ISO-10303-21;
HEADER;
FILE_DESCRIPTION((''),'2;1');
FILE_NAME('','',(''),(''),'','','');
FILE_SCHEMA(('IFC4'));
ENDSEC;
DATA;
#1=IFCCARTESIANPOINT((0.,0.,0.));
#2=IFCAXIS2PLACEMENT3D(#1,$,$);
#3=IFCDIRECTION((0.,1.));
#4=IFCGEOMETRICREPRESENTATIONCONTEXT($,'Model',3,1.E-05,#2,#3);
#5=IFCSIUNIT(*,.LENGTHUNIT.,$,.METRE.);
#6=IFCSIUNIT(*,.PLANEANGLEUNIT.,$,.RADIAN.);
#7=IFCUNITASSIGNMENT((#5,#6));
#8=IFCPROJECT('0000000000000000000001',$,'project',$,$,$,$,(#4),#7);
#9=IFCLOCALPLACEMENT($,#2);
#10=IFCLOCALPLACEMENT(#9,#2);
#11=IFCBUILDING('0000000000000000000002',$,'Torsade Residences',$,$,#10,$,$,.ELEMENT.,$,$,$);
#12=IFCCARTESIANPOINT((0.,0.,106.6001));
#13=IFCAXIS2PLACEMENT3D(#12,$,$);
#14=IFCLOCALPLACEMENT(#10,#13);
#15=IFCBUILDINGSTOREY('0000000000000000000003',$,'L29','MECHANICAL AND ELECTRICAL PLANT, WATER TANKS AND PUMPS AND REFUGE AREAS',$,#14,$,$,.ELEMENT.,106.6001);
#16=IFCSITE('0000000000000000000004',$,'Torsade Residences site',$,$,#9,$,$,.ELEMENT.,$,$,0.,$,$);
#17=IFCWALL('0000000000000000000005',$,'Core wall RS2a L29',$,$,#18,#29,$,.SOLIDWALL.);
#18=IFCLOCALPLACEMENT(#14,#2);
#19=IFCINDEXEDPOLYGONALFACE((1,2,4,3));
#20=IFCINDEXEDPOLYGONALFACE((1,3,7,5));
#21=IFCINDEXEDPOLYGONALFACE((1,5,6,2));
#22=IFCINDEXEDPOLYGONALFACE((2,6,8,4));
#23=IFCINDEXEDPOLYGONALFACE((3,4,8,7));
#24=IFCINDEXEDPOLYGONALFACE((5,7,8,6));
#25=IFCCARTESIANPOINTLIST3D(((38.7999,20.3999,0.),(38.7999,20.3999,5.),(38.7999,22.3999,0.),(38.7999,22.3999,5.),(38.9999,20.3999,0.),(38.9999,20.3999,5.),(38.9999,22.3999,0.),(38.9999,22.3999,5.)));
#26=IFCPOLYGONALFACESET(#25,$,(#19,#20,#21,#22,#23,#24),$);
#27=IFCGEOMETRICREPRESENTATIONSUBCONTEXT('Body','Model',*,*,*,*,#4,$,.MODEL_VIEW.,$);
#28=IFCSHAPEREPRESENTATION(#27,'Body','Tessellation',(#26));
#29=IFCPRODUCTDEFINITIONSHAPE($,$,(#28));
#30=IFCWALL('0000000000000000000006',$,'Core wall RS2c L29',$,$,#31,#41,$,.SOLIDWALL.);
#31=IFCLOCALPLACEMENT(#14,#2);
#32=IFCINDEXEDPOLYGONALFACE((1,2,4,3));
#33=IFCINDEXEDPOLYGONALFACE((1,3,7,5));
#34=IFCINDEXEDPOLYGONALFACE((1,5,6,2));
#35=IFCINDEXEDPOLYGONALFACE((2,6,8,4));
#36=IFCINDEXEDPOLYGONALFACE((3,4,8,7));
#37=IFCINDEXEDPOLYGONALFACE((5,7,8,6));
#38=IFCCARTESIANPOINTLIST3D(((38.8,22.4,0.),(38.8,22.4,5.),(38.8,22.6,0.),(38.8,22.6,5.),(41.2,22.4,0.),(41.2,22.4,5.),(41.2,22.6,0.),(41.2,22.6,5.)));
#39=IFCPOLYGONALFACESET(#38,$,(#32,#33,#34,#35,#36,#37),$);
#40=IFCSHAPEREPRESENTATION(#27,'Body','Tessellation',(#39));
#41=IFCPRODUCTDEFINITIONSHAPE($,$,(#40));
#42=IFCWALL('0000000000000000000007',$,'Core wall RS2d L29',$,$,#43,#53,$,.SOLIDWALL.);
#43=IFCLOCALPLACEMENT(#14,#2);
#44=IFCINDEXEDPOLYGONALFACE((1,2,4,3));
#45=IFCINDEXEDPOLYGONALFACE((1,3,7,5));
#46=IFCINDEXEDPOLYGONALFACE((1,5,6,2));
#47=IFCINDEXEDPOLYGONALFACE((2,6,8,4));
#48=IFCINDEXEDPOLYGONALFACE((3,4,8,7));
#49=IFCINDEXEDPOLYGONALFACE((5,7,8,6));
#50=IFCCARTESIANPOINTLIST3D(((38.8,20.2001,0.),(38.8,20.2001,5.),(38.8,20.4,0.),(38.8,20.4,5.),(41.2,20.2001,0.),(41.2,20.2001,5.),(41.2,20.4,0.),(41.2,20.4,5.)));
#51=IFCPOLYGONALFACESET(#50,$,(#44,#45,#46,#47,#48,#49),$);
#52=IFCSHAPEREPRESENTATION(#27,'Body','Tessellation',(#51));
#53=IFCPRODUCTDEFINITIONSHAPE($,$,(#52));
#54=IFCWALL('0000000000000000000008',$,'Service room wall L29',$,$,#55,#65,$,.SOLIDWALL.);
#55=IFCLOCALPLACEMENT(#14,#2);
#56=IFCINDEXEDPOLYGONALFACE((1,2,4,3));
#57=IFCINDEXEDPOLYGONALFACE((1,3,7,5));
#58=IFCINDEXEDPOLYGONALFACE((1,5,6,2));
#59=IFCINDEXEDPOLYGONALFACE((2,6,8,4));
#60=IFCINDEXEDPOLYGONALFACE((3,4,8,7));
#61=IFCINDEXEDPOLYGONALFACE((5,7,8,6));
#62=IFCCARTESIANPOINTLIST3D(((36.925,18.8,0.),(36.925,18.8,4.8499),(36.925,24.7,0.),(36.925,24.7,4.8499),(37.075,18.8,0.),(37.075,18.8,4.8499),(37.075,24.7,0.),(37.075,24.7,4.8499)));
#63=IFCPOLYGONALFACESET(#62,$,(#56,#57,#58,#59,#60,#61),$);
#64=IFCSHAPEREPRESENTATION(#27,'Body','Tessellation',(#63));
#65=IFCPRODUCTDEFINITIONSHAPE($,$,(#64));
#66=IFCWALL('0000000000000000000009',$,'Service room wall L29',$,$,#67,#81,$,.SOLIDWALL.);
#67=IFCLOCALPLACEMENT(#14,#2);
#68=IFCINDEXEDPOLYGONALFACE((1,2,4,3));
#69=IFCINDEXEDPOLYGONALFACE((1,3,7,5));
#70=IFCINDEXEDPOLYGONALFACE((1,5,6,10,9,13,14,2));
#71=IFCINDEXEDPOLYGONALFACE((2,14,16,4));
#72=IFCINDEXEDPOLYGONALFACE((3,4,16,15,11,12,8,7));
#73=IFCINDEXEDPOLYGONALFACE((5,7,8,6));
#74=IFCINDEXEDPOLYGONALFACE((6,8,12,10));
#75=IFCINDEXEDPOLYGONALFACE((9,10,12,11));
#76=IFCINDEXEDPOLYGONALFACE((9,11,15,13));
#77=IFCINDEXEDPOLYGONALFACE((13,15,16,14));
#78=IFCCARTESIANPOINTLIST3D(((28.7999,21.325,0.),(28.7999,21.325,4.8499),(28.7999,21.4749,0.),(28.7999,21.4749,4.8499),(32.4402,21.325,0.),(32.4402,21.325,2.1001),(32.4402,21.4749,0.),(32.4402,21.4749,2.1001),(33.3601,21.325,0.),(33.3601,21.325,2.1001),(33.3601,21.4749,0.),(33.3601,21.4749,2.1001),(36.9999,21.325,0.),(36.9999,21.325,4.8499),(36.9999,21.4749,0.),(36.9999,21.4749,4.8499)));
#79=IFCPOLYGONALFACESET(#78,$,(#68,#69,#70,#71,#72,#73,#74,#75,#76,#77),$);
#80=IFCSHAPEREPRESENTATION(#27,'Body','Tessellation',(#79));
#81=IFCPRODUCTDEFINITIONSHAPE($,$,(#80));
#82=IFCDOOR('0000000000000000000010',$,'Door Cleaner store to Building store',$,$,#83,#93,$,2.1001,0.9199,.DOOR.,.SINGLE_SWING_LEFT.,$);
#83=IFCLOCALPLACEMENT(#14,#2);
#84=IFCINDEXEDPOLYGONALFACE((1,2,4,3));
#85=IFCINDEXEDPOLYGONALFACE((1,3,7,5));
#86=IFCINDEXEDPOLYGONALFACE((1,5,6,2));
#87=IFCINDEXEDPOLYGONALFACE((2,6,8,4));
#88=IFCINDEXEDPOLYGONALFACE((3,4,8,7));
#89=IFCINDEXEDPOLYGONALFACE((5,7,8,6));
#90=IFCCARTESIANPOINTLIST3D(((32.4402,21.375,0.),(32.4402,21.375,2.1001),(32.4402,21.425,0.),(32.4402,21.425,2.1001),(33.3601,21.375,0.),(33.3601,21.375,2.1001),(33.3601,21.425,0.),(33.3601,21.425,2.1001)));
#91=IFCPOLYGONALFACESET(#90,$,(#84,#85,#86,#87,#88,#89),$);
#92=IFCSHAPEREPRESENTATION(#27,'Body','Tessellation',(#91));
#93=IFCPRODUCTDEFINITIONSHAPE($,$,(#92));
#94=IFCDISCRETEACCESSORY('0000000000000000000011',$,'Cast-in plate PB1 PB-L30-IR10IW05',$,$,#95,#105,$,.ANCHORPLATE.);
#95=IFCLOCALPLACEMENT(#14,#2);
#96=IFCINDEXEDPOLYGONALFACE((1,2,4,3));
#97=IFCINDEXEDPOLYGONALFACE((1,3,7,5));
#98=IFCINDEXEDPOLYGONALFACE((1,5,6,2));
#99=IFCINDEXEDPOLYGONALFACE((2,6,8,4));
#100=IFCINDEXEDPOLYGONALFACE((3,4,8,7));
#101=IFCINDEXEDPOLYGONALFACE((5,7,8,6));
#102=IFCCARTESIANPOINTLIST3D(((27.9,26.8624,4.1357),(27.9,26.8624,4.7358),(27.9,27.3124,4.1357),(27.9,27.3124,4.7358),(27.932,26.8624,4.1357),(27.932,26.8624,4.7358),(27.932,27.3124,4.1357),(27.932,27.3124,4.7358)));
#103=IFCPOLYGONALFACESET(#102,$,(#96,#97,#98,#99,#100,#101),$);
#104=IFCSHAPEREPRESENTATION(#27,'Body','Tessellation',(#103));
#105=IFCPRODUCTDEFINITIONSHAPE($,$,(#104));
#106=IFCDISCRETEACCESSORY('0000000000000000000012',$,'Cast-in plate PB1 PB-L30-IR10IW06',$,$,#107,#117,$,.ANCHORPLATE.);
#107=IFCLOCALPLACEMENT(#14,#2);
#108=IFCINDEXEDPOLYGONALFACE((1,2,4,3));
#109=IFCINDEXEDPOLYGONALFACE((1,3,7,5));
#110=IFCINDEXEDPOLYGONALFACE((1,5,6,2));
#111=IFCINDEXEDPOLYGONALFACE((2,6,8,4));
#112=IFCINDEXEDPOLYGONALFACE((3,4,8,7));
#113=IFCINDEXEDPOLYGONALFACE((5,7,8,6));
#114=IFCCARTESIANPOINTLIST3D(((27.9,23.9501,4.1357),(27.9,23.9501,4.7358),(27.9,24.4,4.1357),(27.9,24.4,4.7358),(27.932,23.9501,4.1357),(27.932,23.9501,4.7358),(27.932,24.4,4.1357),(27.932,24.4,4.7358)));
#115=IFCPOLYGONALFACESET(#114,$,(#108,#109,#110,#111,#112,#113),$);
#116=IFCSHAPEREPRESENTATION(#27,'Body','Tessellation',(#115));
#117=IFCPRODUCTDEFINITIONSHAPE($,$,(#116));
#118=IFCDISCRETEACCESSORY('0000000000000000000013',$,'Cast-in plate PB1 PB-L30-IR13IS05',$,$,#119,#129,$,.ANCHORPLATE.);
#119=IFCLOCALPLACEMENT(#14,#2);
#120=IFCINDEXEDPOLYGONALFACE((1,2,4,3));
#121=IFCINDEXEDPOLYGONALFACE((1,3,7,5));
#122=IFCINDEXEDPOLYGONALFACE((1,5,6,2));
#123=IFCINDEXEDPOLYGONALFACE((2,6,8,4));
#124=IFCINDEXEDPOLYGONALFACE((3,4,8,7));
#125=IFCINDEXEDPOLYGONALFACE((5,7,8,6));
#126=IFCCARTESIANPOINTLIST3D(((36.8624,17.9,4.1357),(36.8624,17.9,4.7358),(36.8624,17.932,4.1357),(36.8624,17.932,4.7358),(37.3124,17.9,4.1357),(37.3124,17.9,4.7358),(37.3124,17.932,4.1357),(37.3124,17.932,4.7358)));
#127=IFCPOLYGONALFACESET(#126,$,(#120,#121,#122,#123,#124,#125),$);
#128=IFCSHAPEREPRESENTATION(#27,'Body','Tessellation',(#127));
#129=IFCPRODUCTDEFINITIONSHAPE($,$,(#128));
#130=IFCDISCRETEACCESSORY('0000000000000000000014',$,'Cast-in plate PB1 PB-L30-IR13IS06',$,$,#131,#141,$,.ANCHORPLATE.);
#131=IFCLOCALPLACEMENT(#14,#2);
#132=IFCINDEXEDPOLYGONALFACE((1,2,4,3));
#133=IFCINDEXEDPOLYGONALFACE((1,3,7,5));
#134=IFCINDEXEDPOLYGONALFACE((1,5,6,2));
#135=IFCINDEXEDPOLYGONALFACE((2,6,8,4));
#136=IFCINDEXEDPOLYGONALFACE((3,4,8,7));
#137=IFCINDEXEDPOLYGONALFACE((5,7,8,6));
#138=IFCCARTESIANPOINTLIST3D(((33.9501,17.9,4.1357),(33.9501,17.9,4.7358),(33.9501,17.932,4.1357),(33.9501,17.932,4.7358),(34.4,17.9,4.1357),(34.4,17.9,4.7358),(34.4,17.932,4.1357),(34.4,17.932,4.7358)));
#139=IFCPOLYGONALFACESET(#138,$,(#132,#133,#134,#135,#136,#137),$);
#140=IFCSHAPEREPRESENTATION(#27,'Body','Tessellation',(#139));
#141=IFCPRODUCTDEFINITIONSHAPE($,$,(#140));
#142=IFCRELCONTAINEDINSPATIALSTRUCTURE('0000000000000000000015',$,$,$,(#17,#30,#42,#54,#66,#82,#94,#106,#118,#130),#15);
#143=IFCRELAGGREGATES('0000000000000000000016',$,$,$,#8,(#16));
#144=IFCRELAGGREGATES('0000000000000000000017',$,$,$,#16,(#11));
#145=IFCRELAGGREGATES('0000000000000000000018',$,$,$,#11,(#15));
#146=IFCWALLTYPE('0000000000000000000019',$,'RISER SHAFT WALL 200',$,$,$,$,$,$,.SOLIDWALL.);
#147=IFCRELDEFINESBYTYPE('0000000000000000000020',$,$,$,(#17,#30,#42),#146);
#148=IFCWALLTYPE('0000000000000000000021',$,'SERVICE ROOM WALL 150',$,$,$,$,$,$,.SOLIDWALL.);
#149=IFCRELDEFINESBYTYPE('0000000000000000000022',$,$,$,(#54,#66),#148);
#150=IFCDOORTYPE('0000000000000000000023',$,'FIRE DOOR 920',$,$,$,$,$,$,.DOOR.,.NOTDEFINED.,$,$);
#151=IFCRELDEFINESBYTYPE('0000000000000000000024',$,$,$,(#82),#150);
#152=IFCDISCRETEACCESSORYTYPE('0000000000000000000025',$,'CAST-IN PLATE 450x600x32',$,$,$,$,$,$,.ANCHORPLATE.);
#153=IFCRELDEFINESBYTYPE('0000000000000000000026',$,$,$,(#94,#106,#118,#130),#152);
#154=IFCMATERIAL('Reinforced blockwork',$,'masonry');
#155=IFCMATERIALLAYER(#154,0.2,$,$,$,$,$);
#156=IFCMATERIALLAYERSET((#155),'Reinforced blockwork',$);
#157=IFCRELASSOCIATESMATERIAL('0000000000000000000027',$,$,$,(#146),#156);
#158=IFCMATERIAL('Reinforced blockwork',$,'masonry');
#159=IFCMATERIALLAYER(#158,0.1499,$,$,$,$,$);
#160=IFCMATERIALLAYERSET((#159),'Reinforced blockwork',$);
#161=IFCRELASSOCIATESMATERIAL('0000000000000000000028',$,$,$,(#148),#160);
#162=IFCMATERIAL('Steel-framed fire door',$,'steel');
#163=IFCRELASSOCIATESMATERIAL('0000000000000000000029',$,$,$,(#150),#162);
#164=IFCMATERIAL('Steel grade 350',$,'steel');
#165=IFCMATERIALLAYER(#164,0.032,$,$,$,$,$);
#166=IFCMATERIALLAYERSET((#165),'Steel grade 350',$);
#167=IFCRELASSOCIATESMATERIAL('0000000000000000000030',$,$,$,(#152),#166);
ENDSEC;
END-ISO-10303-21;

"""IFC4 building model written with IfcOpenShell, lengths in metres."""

from ifc_helpers import new_model, si_unit, direction, frame, frame_2d, origin, origin_2d, place, context, subcontext, project, spatial, rectangle, extrude, material, layer, layer_set, type_object, element, fill, save


model = new_model("IFC4")

# Units and contexts
model_context = context("Model", 3, precision=1e-05, world=origin(), true_north=direction((0.0, 1.0)))
body_context = subcontext(model_context, "Body", "Model", "MODEL_VIEW")
ifc_project = project(units=[si_unit("LENGTHUNIT", "METRE"), si_unit("PLANEANGLEUNIT", "RADIAN")], contexts=[model_context])

# Site, building, storey
site_placement = place(None, origin())
site = spatial("IfcSite", under=ifc_project, at=site_placement, Name="Torsade Residences site", CompositionType="ELEMENT", RefElevation=0.0)
building_placement = place(site_placement, origin())
building = spatial("IfcBuilding", under=site, at=building_placement, Name="Torsade Residences", CompositionType="ELEMENT")
storey_placement = place(building_placement, frame((0.0, 0.0, 106.6001)))
storey = spatial("IfcBuildingStorey", under=building, at=storey_placement, Name="L29", Description="MECHANICAL AND ELECTRICAL PLANT, WATER TANKS AND PUMPS AND REFUGE AREAS", CompositionType="ELEMENT", Elevation=106.6001)

# Walls
ifc_material_1 = material(Name="Reinforced blockwork", Category="masonry")
ifc_layer_1 = layer(ifc_material_1, 0.2)
ifc_layer_set_1 = layer_set([ifc_layer_1], Name="Reinforced blockwork")
wall_type_1 = type_object("IfcWallType", Name="RISER SHAFT WALL 200", PredefinedType="SOLIDWALL", material=ifc_layer_set_1)
wall_1_placement = place(storey_placement, frame((38.8999, 22.3999, 0.0), z_axis=(0.0, 0.0, 1.0), x_axis=(0.0, -1.0, 0.0)))
element("IfcWall", 1, at=wall_1_placement, inside=storey, type_object=wall_type_1, Name="Core wall RS2a L29", PredefinedType="SOLIDWALL", context=body_context, shape_type="SweptSolid", body=[
    extrude(rectangle(XDim=2.0, YDim=0.2, at=frame_2d((1.0, 0.0))), origin(), (0.0, 0.0, 1.0), 5.0),
])
for number, where, z_axis, x_axis, name in (
    (2, (38.8, 22.5, 0.0), (0.0, 0.0, 1.0), (1.0, 0.0, 0.0), "Core wall RS2c L29"),
    (3, (38.8, 20.3, 0.0), (0.0, 0.0, 1.0), (1.0, 0.0, 0.0), "Core wall RS2d L29"),
):
    element("IfcWall", number, at=place(storey_placement, frame(where, z_axis=z_axis, x_axis=x_axis)), inside=storey, type_object=wall_type_1, Name=name, PredefinedType="SOLIDWALL", context=body_context, shape_type="SweptSolid", body=[
        extrude(rectangle(XDim=2.3999, YDim=0.2, at=frame_2d((1.2, 0.0))), origin(), (0.0, 0.0, 1.0), 5.0),
    ])
ifc_material_2 = material(Name="Reinforced blockwork", Category="masonry")
ifc_layer_2 = layer(ifc_material_2, 0.1499)
ifc_layer_set_2 = layer_set([ifc_layer_2], Name="Reinforced blockwork")
wall_type_2 = type_object("IfcWallType", Name="SERVICE ROOM WALL 150", PredefinedType="SOLIDWALL", material=ifc_layer_set_2)
wall_2_placement = place(storey_placement, frame((37.0, 18.8, 0.0), z_axis=(0.0, 0.0, 1.0), x_axis=(0.0, 1.0, 0.0)))
element("IfcWall", 4, at=wall_2_placement, inside=storey, type_object=wall_type_2, Name="Service room wall L29", PredefinedType="SOLIDWALL", context=body_context, shape_type="SweptSolid", body=[
    extrude(rectangle(XDim=5.8999, YDim=0.1499, at=frame_2d((2.95, 0.0))), origin(), (0.0, 0.0, 1.0), 4.8499),
])

# Wall, opening, door
wall_3_placement = place(storey_placement, frame((37.0, 21.3999, 0.0), z_axis=(0.0, 0.0, 1.0), x_axis=(-1.0, 0.0, 0.0)))
wall_3 = element("IfcWall", 5, at=wall_3_placement, inside=storey, type_object=wall_type_2, Name="Service room wall L29", PredefinedType="SOLIDWALL", context=body_context, shape_type="SweptSolid", body=[
    extrude(rectangle(XDim=8.2, YDim=0.1499, at=frame_2d((4.1001, 0.0))), origin(), (0.0, 0.0, 1.0), 4.8499),
])
opening_placement = place(wall_3_placement, frame((3.6399, 0.0, 0.0)))
opening = element("IfcOpeningElement", 6, at=opening_placement, cuts=wall_3, PredefinedType="OPENING", context=body_context, shape_type="SweptSolid", body=[
    extrude(rectangle(XDim=0.9199, YDim=2.1001, at=frame_2d((0.46, 1.05))), frame((0.0, 0.085, 0.0), z_axis=(0.0, -1.0, 0.0), x_axis=(1.0, 0.0, 0.0)), (0.0, 0.0, 1.0), 0.1699),
])
ifc_material_3 = material(Name="Steel-framed fire door", Category="steel")
door_type = type_object("IfcDoorType", Name="FIRE DOOR 920", OperationType="NOTDEFINED", PredefinedType="DOOR", material=ifc_material_3)
door_placement = place(opening_placement, origin())
door = element("IfcDoor", 7, at=door_placement, inside=storey, type_object=door_type, Name="Door Cleaner store to Building store", OperationType="SINGLE_SWING_LEFT", OverallHeight=2.1001, OverallWidth=0.9199, PredefinedType="DOOR", context=body_context, shape_type="SweptSolid", body=[
    extrude(rectangle(XDim=0.9199, YDim=2.1001, at=frame_2d((0.46, 1.05))), frame((0.0, 0.0249, 0.0), z_axis=(0.0, -1.0, 0.0), x_axis=(1.0, 0.0, 0.0)), (0.0, 0.0, 1.0), 0.05),
])
fill(opening, door)

# Discrete accessories
ifc_material_4 = material(Name="Steel grade 350", Category="steel")
ifc_layer_3 = layer(ifc_material_4, 0.032)
ifc_layer_set_3 = layer_set([ifc_layer_3], Name="Steel grade 350")
discrete_accessory_type = type_object("IfcDiscreteAccessoryType", Name="CAST-IN PLATE 450x600x32", PredefinedType="ANCHORPLATE", material=ifc_layer_set_3)
for number, where, z_axis, x_axis, name in (
    (8, (27.916, 27.0874, 4.1357), (0.0, 0.0, 1.0), (1.0, 0.0, 0.0), "Cast-in plate PB1 PB-L30-IR10IW05"),
    (9, (27.916, 24.175, 4.1357), (0.0, 0.0, 1.0), (1.0, 0.0, 0.0), "Cast-in plate PB1 PB-L30-IR10IW06"),
):
    element("IfcDiscreteAccessory", number, at=place(storey_placement, frame(where, z_axis=z_axis, x_axis=x_axis)), inside=storey, type_object=discrete_accessory_type, Name=name, PredefinedType="ANCHORPLATE", context=body_context, shape_type="SweptSolid", body=[
        extrude(rectangle(XDim=0.032, YDim=0.45, at=origin_2d()), origin(), (0.0, 0.0, 1.0), 0.6001),
    ])
for number, where, z_axis, x_axis, name in (
    (10, (37.0874, 17.916, 4.1357), (0.0, 0.0, 1.0), (1.0, 0.0, 0.0), "Cast-in plate PB1 PB-L30-IR13IS05"),
    (11, (34.175, 17.916, 4.1357), (0.0, 0.0, 1.0), (1.0, 0.0, 0.0), "Cast-in plate PB1 PB-L30-IR13IS06"),
):
    element("IfcDiscreteAccessory", number, at=place(storey_placement, frame(where, z_axis=z_axis, x_axis=x_axis)), inside=storey, type_object=discrete_accessory_type, Name=name, PredefinedType="ANCHORPLATE", context=body_context, shape_type="SweptSolid", body=[
        extrude(rectangle(XDim=0.45, YDim=0.032, at=origin_2d()), origin(), (0.0, 0.0, 1.0), 0.6001),
    ])

save(model, "model.ifc")
